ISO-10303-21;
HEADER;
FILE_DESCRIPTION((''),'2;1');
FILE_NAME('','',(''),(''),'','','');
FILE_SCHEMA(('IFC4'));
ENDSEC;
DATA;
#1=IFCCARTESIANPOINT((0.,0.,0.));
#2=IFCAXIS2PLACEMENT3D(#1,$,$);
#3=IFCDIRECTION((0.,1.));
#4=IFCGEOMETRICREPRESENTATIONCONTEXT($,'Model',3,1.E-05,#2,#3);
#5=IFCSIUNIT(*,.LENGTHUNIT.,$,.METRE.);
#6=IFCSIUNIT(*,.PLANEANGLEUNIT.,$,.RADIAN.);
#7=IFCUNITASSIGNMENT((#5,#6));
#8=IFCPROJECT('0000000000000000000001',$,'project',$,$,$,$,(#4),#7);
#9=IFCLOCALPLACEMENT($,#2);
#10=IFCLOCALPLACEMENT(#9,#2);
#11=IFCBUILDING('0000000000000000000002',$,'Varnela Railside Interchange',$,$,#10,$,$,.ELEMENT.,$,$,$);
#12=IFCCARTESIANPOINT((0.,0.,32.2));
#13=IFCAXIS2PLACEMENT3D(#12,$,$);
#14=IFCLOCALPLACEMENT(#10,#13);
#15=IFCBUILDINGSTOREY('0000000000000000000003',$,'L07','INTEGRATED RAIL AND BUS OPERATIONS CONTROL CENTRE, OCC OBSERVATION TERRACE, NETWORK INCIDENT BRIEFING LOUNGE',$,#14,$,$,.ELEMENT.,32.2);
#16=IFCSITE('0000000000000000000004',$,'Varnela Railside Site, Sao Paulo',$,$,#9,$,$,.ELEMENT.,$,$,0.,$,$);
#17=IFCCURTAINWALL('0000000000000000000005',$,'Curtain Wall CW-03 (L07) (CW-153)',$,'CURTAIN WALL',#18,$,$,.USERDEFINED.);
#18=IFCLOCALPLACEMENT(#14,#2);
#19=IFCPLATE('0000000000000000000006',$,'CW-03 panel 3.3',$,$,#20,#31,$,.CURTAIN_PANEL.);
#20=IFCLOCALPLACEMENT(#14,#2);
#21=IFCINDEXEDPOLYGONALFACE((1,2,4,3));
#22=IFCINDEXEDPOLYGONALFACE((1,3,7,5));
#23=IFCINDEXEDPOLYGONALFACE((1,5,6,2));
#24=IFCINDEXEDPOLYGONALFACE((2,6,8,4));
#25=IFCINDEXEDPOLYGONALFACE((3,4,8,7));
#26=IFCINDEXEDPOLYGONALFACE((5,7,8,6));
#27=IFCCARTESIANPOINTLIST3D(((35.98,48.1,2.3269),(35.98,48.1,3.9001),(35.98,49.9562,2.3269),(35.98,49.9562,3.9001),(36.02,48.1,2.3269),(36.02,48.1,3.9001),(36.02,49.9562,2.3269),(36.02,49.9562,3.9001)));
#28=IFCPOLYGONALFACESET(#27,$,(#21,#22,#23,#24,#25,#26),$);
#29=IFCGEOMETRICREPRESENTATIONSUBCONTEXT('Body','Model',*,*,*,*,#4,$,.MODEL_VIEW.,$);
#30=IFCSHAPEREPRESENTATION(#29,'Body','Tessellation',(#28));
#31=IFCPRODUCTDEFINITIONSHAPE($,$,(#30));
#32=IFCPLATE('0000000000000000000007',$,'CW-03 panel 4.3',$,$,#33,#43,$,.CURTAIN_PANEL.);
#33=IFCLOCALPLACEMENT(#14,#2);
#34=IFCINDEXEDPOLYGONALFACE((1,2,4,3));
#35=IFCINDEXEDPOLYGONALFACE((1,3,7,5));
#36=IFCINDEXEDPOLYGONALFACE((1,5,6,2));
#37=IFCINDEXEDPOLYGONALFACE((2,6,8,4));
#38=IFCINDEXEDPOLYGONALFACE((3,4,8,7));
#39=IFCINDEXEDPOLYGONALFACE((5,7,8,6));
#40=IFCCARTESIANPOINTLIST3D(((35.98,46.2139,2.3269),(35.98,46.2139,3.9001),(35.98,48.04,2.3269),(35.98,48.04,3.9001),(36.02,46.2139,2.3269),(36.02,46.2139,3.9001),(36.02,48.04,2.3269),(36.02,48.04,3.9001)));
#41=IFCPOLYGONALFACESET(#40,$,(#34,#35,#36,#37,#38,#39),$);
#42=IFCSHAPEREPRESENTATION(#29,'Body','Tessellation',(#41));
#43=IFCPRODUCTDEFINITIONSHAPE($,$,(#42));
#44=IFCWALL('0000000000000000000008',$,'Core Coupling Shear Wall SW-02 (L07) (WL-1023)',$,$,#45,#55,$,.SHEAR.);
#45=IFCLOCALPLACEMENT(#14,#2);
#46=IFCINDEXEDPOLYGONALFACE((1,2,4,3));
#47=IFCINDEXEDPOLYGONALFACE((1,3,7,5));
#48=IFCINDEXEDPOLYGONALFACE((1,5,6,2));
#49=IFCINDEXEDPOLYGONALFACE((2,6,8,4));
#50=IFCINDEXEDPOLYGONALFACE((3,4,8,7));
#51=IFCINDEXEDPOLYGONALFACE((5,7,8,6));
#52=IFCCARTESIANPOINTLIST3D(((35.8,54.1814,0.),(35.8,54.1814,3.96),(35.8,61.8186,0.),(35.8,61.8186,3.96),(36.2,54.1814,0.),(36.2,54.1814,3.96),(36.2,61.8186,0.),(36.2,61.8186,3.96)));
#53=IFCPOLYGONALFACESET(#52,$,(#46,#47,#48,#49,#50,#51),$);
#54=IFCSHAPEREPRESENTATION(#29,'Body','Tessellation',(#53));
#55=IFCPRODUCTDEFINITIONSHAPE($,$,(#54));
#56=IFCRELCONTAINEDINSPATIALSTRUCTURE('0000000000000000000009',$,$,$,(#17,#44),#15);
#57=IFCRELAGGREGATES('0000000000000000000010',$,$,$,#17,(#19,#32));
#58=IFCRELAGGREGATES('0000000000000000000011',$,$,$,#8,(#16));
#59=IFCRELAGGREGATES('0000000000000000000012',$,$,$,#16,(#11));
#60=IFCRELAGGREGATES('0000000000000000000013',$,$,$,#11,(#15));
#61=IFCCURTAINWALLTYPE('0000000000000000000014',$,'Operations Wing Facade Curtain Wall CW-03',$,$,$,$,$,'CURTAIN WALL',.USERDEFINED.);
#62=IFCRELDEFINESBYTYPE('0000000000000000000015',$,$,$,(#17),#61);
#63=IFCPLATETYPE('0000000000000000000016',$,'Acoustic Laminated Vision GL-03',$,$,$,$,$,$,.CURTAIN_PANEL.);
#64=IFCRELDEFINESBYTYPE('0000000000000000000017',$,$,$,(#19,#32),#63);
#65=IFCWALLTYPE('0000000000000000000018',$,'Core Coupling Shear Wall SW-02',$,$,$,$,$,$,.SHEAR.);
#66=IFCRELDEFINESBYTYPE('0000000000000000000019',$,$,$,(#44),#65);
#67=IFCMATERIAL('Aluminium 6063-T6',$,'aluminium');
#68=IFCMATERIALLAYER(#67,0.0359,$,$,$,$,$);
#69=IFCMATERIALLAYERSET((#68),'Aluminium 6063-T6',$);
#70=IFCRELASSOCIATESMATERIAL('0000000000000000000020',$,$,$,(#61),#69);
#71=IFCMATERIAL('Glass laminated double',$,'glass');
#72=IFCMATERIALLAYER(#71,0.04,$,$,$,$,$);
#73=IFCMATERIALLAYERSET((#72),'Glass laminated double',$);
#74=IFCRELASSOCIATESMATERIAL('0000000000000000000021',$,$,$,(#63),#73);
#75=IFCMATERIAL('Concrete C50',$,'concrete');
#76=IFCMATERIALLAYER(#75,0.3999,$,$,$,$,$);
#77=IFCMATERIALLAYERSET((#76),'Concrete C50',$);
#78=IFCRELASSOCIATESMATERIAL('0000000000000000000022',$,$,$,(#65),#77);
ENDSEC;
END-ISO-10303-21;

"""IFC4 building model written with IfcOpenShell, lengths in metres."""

from ifc_helpers import new_model, si_unit, direction, frame, frame_2d, origin, origin_2d, place, context, subcontext, project, spatial, rectangle, extrude, material, layer, layer_set, type_object, element, aggregate, save


model = new_model("IFC4")

# Units and contexts
model_context = context("Model", 3, precision=1e-05, world=origin(), true_north=direction((0.0, 1.0)))
body_context = subcontext(model_context, "Body", "Model", "MODEL_VIEW")
ifc_project = project(units=[si_unit("LENGTHUNIT", "METRE"), si_unit("PLANEANGLEUNIT", "RADIAN")], contexts=[model_context])

# Site, building, storey
site_placement = place(None, origin())
site = spatial("IfcSite", under=ifc_project, at=site_placement, Name="Varnela Railside Site, Sao Paulo", CompositionType="ELEMENT", RefElevation=0.0)
building_placement = place(site_placement, origin())
building = spatial("IfcBuilding", under=site, at=building_placement, Name="Varnela Railside Interchange", CompositionType="ELEMENT")
storey_placement = place(building_placement, frame((0.0, 0.0, 32.2)))
storey = spatial("IfcBuildingStorey", under=building, at=storey_placement, Name="L07", Description="INTEGRATED RAIL AND BUS OPERATIONS CONTROL CENTRE, OCC OBSERVATION TERRACE, NETWORK INCIDENT BRIEFING LOUNGE", CompositionType="ELEMENT", Elevation=32.2)

# Curtain wall, plates
ifc_material_1 = material(Name="Aluminium 6063-T6", Category="aluminium")
ifc_layer_1 = layer(ifc_material_1, 0.0359)
ifc_layer_set_1 = layer_set([ifc_layer_1], Name="Aluminium 6063-T6")
curtain_wall_type = type_object("IfcCurtainWallType", Name="Operations Wing Facade Curtain Wall CW-03", ElementType="CURTAIN WALL", PredefinedType="USERDEFINED", material=ifc_layer_set_1)
curtain_wall_placement = place(storey_placement, origin())
curtain_wall = element("IfcCurtainWall", 1, at=curtain_wall_placement, inside=storey, type_object=curtain_wall_type, Name="Curtain Wall CW-03 (L07) (CW-153)", ObjectType="CURTAIN WALL", PredefinedType="USERDEFINED")
ifc_material_2 = material(Name="Glass laminated double", Category="glass")
ifc_layer_2 = layer(ifc_material_2, 0.04)
ifc_layer_set_2 = layer_set([ifc_layer_2], Name="Glass laminated double")
plate_type = type_object("IfcPlateType", Name="Acoustic Laminated Vision GL-03", PredefinedType="CURTAIN_PANEL", material=ifc_layer_set_2)
plate_1_placement = place(storey_placement, frame((36.0, 49.0281, 2.3269), z_axis=(0.0, 0.0, 1.0), x_axis=(0.0, -1.0, 0.0)))
plate_1 = element("IfcPlate", 2, at=plate_1_placement, type_object=plate_type, Name="CW-03 panel 3.3", PredefinedType="CURTAIN_PANEL", context=body_context, shape_type="SweptSolid", body=[
    extrude(rectangle(XDim=1.8562, YDim=0.04, at=origin_2d()), origin(), (0.0, 0.0, 1.0), 1.5732),
])
plate_2_placement = place(storey_placement, frame((36.0, 47.127, 2.3269), z_axis=(0.0, 0.0, 1.0), x_axis=(0.0, -1.0, 0.0)))
plate_2 = element("IfcPlate", 3, at=plate_2_placement, type_object=plate_type, Name="CW-03 panel 4.3", PredefinedType="CURTAIN_PANEL", context=body_context, shape_type="SweptSolid", body=[
    extrude(rectangle(XDim=1.8262, YDim=0.04, at=origin_2d()), origin(), (0.0, 0.0, 1.0), 1.5732),
])
aggregate(curtain_wall, [plate_1, plate_2])

# Wall
ifc_material_3 = material(Name="Concrete C50", Category="concrete")
ifc_layer_3 = layer(ifc_material_3, 0.3999)
ifc_layer_set_3 = layer_set([ifc_layer_3], Name="Concrete C50")
wall_type = type_object("IfcWallType", Name="Core Coupling Shear Wall SW-02", PredefinedType="SHEAR", material=ifc_layer_set_3)
wall_placement = place(storey_placement, frame((36.0, 54.1814, 0.0), z_axis=(0.0, 0.0, 1.0), x_axis=(0.0, 1.0, 0.0)))
element("IfcWall", 4, at=wall_placement, inside=storey, type_object=wall_type, Name="Core Coupling Shear Wall SW-02 (L07) (WL-1023)", PredefinedType="SHEAR", context=body_context, shape_type="SweptSolid", body=[
    extrude(rectangle(XDim=7.6372, YDim=0.3999, at=frame_2d((3.8186, 0.0))), origin(), (0.0, 0.0, 1.0), 3.96),
])

save(model, "model.ifc")
